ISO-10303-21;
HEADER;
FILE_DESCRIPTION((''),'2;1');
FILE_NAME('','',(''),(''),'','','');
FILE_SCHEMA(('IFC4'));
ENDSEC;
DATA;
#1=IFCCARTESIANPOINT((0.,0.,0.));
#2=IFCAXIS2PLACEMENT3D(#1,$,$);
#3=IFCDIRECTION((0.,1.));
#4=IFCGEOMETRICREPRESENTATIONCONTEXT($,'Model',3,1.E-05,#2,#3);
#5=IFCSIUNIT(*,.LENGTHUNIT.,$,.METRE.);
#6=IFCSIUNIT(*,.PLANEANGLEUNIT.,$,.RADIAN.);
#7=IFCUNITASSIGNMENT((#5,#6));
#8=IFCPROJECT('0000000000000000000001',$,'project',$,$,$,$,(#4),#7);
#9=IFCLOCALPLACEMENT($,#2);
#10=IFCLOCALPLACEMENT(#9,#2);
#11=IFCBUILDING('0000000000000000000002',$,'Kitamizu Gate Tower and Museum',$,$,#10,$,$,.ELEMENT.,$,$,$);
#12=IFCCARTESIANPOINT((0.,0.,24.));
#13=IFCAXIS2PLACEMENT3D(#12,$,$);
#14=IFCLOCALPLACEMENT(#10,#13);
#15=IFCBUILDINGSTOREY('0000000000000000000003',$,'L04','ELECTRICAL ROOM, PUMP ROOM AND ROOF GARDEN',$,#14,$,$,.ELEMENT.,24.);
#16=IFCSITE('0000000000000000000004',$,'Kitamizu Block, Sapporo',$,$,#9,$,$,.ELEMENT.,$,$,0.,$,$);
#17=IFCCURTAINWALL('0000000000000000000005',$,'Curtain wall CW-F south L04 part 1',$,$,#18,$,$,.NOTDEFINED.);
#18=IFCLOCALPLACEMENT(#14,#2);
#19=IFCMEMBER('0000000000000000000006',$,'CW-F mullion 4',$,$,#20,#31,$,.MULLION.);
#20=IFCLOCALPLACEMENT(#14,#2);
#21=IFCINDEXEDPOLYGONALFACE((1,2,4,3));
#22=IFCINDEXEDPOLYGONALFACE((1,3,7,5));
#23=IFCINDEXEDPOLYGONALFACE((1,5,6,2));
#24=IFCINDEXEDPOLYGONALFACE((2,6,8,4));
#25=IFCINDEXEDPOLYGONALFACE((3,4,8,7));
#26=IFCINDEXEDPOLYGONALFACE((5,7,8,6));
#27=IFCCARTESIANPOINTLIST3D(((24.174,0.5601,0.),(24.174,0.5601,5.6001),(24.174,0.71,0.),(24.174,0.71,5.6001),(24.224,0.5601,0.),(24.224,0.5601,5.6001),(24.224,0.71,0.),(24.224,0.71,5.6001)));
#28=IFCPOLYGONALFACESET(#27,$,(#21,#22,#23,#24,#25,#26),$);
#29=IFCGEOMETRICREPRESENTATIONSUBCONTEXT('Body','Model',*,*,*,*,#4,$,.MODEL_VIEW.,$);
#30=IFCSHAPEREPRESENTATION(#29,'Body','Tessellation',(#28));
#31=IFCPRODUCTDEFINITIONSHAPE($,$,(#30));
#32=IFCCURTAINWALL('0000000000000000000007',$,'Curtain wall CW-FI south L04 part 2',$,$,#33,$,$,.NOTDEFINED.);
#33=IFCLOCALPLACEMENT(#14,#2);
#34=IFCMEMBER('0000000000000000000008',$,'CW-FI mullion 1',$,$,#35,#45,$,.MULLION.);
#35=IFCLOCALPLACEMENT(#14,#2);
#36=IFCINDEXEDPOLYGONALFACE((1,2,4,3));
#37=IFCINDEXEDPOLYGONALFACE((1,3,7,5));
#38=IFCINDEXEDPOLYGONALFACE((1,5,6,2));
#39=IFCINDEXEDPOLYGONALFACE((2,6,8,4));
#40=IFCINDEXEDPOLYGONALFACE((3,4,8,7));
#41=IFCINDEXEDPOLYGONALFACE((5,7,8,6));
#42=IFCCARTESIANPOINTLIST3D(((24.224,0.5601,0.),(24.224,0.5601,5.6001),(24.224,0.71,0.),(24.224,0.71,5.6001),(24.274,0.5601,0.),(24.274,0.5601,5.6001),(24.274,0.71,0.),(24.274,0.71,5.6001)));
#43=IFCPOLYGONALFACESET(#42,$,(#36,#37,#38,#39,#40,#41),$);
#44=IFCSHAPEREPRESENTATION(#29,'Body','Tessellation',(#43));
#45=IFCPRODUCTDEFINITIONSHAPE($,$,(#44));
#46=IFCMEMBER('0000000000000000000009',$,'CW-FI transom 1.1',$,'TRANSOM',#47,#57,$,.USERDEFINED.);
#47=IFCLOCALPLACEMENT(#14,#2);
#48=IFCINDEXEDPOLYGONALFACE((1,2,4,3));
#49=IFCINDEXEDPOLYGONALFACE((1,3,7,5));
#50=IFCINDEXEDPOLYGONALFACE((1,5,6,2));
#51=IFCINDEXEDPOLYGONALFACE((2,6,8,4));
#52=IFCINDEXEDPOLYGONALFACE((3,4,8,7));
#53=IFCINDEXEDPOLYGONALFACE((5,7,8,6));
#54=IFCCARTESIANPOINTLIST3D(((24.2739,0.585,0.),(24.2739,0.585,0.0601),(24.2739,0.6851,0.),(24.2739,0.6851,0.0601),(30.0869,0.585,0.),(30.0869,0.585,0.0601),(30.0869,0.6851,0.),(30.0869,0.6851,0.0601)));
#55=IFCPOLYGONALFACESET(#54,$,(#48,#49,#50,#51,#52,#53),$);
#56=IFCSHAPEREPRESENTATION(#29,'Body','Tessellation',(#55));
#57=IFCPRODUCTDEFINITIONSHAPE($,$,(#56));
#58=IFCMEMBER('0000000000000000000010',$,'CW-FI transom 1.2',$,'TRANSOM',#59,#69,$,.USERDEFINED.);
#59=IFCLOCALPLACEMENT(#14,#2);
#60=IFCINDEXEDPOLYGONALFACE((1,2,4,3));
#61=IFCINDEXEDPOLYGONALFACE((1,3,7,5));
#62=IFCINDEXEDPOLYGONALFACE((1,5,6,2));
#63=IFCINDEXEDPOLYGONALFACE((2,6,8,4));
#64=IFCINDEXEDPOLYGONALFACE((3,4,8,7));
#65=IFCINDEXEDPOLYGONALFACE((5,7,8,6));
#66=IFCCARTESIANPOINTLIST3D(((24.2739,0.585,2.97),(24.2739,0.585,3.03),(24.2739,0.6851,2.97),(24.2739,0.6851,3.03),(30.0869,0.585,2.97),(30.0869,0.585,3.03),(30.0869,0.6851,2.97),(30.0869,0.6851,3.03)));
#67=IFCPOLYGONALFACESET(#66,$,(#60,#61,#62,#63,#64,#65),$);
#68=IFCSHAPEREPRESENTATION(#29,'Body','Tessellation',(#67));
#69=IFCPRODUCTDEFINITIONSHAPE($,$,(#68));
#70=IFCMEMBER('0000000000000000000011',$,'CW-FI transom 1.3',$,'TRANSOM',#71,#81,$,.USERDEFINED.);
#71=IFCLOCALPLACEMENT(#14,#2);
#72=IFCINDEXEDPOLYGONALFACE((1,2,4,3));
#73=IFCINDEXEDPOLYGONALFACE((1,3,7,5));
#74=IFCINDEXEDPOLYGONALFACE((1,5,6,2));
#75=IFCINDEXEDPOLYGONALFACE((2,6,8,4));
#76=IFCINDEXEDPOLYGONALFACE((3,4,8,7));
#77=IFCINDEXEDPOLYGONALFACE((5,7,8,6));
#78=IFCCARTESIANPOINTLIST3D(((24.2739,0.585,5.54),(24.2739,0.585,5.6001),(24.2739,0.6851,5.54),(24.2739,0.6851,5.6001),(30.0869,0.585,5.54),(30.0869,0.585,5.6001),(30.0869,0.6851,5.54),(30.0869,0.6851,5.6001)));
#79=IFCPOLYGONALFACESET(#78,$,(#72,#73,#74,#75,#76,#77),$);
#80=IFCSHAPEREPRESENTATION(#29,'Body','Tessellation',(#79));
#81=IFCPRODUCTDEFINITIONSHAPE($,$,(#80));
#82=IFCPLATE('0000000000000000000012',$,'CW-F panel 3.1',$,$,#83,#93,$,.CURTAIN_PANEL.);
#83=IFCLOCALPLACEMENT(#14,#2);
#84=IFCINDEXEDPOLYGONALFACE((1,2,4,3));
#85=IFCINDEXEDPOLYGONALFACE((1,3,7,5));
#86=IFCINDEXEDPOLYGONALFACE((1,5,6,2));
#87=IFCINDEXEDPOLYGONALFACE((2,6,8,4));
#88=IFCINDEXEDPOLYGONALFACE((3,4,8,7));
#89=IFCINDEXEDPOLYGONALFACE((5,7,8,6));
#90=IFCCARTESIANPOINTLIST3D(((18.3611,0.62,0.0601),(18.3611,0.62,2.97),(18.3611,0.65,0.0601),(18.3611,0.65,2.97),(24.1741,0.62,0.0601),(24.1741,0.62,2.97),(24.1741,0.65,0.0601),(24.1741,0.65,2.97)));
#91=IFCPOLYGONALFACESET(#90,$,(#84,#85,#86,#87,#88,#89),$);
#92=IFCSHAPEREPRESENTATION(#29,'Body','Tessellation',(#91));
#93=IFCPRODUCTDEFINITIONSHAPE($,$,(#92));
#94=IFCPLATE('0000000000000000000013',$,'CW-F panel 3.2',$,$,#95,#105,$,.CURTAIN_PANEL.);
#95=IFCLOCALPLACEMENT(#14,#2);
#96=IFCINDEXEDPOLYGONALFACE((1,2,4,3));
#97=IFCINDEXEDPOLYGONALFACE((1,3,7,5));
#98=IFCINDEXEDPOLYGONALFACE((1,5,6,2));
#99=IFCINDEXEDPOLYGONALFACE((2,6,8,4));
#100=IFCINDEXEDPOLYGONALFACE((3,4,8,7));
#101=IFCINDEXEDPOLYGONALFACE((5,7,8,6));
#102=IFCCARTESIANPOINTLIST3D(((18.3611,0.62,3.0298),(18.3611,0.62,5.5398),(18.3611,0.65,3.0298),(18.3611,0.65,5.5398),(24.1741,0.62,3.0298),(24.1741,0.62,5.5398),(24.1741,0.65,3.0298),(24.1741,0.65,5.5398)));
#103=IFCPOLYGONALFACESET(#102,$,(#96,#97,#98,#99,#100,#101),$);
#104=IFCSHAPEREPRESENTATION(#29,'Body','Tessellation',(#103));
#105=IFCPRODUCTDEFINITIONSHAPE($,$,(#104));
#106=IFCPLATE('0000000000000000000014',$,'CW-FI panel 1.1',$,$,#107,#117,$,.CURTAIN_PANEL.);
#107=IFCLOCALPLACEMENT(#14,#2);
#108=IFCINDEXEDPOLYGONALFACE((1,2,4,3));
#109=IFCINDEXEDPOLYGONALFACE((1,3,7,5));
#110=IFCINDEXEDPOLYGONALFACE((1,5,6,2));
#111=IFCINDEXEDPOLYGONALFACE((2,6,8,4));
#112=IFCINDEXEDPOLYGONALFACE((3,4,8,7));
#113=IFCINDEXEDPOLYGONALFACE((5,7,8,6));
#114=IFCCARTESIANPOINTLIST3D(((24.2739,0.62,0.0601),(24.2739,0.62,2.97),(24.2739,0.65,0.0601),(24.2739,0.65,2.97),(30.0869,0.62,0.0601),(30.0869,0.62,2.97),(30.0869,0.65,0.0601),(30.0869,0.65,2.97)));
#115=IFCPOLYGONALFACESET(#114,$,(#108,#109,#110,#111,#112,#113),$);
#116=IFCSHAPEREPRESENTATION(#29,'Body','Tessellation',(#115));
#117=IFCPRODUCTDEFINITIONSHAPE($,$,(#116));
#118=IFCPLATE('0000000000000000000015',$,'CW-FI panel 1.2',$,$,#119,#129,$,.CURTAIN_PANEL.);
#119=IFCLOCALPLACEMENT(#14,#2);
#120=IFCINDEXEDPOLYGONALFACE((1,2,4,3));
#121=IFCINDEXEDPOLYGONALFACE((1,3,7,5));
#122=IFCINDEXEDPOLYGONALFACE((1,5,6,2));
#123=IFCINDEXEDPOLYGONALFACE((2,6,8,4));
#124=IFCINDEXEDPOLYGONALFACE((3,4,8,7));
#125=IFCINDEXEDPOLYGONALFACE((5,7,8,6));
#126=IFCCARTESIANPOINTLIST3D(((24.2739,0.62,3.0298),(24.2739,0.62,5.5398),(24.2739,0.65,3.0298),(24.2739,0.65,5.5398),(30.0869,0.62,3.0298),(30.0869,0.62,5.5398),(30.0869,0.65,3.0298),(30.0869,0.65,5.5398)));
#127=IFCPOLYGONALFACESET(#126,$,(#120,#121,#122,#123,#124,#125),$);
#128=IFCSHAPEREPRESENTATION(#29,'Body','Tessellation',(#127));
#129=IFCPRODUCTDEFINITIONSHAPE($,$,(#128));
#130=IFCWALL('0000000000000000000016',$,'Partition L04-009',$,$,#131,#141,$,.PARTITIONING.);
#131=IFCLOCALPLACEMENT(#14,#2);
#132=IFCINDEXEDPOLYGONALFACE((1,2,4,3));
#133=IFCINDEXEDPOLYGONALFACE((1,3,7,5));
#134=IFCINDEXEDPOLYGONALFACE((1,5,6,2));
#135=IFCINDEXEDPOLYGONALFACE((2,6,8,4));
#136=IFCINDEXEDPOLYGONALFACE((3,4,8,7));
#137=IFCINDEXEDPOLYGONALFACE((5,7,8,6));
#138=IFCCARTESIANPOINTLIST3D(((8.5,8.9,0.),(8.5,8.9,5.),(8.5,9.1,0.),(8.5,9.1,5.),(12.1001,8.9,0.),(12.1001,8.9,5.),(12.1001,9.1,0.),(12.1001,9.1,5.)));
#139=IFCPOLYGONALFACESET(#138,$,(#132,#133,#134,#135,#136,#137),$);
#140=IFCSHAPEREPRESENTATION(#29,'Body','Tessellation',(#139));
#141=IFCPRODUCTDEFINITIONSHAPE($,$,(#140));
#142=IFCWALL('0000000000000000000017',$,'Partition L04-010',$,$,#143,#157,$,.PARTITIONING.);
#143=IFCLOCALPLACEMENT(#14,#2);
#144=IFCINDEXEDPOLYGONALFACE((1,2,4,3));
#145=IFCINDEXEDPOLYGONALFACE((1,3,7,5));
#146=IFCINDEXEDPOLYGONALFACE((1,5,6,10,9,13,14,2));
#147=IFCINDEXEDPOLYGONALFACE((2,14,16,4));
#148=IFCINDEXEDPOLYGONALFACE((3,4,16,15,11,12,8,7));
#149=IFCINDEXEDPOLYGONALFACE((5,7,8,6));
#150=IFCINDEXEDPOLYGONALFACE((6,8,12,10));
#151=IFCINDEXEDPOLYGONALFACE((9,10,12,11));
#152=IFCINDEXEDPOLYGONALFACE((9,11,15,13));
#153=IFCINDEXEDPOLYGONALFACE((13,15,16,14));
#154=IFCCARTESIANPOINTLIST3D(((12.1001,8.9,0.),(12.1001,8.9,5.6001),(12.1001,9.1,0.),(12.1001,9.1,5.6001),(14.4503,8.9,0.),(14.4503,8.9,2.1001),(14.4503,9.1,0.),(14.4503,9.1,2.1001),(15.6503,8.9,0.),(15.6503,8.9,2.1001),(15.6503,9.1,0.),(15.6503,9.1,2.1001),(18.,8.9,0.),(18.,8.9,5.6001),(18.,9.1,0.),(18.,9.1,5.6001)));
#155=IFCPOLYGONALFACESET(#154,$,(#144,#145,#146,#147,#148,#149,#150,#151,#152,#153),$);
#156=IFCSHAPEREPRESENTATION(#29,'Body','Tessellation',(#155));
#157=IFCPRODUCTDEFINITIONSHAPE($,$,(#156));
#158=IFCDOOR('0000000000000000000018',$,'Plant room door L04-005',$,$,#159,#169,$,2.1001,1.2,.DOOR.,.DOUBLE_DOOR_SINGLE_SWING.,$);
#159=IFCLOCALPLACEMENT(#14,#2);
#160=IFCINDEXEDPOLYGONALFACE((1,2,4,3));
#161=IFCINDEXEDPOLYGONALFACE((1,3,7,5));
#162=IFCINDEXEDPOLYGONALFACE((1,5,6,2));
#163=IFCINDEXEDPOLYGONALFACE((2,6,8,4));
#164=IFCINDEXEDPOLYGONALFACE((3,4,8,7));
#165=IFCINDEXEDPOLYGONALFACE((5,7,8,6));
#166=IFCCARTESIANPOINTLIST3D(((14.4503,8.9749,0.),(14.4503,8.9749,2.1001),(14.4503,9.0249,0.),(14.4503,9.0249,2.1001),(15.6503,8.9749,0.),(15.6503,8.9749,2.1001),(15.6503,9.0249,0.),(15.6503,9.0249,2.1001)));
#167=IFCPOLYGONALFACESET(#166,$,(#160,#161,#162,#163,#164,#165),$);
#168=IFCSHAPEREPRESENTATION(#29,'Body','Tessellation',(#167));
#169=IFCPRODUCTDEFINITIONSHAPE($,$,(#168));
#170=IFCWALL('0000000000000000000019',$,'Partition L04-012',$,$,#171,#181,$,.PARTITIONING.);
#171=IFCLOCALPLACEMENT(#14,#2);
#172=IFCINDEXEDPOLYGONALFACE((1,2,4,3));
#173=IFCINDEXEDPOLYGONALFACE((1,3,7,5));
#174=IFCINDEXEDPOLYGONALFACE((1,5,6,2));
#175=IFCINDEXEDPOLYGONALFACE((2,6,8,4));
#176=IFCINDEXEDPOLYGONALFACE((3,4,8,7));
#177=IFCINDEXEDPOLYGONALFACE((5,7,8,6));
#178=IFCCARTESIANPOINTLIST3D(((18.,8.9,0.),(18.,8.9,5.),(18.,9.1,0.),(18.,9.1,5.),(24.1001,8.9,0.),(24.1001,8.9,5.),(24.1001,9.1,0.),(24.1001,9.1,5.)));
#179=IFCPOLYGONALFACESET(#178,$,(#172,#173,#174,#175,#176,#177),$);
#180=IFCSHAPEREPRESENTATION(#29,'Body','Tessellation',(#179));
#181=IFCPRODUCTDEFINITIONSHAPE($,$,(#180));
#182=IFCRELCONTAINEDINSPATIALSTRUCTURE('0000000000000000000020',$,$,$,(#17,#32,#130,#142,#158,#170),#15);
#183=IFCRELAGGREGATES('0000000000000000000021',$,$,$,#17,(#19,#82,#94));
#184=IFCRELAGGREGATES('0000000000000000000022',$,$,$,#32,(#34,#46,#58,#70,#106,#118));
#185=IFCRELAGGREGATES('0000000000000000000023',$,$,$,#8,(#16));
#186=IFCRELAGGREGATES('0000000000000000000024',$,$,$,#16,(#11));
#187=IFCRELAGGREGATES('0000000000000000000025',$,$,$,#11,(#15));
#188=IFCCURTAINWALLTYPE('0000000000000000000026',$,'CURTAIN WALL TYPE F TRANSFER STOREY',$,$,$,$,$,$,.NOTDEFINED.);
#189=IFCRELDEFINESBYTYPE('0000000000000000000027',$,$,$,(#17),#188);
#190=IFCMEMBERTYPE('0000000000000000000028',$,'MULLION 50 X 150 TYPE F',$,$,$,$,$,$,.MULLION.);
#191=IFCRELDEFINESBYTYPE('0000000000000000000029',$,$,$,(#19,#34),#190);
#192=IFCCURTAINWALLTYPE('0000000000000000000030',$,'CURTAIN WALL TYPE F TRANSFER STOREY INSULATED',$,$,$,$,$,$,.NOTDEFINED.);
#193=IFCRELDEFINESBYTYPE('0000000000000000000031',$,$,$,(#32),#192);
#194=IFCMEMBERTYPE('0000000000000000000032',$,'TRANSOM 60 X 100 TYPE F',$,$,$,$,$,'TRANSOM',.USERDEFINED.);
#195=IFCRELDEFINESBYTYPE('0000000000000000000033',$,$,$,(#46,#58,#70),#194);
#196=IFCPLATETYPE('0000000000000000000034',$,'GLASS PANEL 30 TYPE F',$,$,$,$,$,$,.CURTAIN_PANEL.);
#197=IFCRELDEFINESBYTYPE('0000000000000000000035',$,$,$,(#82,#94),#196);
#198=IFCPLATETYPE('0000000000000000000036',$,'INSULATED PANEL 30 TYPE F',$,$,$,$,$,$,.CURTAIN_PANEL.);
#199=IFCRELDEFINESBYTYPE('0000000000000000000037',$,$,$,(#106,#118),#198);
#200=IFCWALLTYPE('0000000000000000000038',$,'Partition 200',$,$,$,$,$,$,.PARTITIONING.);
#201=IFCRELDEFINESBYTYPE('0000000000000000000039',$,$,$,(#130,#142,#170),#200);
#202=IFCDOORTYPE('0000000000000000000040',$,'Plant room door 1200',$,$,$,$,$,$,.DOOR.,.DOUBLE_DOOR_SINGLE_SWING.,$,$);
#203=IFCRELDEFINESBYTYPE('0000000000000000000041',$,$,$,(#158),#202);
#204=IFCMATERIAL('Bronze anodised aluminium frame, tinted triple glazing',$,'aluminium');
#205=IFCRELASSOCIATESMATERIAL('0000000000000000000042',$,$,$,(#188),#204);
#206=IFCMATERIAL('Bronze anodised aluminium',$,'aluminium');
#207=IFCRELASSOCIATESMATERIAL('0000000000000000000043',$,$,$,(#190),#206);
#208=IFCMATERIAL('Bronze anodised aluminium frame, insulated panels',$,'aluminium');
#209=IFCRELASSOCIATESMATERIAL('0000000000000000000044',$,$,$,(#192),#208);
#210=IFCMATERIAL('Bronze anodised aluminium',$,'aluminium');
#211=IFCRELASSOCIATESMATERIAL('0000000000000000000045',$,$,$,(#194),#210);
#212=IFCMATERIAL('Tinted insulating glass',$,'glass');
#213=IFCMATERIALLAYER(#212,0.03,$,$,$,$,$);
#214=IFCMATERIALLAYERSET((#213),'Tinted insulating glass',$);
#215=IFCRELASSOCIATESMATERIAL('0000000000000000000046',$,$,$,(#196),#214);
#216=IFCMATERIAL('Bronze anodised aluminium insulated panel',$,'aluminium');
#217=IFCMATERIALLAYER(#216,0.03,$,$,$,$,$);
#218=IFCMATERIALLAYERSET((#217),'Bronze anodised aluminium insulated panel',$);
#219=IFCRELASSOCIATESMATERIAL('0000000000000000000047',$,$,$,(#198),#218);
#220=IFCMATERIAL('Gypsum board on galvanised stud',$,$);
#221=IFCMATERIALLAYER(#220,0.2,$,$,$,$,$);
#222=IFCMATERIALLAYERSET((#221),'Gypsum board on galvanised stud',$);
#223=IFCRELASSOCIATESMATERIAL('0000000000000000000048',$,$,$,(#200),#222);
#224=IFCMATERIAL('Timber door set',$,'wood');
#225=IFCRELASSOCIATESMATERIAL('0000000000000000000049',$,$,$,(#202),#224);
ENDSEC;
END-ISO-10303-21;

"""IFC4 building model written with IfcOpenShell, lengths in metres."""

from ifc_helpers import new_model, si_unit, direction, frame, frame_2d, origin, origin_2d, place, context, subcontext, project, spatial, rectangle, extrude, material, layer, layer_set, material_profile, profile_set, type_object, element, fill, aggregate, save


model = new_model("IFC4")

# Units and contexts
model_context = context("Model", 3, precision=1e-05, world=origin(), true_north=direction((0.0, 1.0)))
body_context = subcontext(model_context, "Body", "Model", "MODEL_VIEW")
ifc_project = project(units=[si_unit("LENGTHUNIT", "METRE"), si_unit("PLANEANGLEUNIT", "RADIAN")], contexts=[model_context])

# Site, building, storey
site_placement = place(None, origin())
site = spatial("IfcSite", under=ifc_project, at=site_placement, Name="Kitamizu Block, Sapporo", CompositionType="ELEMENT", RefElevation=0.0)
building_placement = place(site_placement, origin())
building = spatial("IfcBuilding", under=site, at=building_placement, Name="Kitamizu Gate Tower and Museum", CompositionType="ELEMENT")
storey_placement = place(building_placement, frame((0.0, 0.0, 24.0)))
storey = spatial("IfcBuildingStorey", under=building, at=storey_placement, Name="L04", Description="ELECTRICAL ROOM, PUMP ROOM AND ROOF GARDEN", CompositionType="ELEMENT", Elevation=24.0)

# Curtain wall, member
ifc_material_1 = material(Name="Bronze anodised aluminium frame, tinted triple glazing", Category="aluminium")
curtain_wall_type_1 = type_object("IfcCurtainWallType", Name="CURTAIN WALL TYPE F TRANSFER STOREY", PredefinedType="NOTDEFINED", material=ifc_material_1)
curtain_wall_1_placement = place(storey_placement, origin())
curtain_wall_1 = element("IfcCurtainWall", 1, at=curtain_wall_1_placement, inside=storey, type_object=curtain_wall_type_1, Name="Curtain wall CW-F south L04 part 1", PredefinedType="NOTDEFINED")
ifc_material_2 = material(Name="Bronze anodised aluminium", Category="aluminium")
ifc_material_profile_1 = material_profile(ifc_material_2, rectangle(XDim=0.05, YDim=0.1499, at=origin_2d()), Name="AL 50X150")
ifc_profile_set_1 = profile_set([ifc_material_profile_1], Name="Bronze anodised aluminium")
member_type_1 = type_object("IfcMemberType", Name="MULLION 50 X 150 TYPE F", PredefinedType="MULLION", material=ifc_profile_set_1)
member_1_placement = place(storey_placement, frame((24.199, 0.635, 0.0), z_axis=(0.0, 0.0, 1.0), x_axis=(1.0, 0.0, 0.0)))
member_1 = element("IfcMember", 2, at=member_1_placement, type_object=member_type_1, Name="CW-F mullion 4", PredefinedType="MULLION", context=body_context, shape_type="SweptSolid", body=[
    extrude(rectangle(XDim=0.05, YDim=0.1499, at=origin_2d()), origin(), (0.0, 0.0, 1.0), 5.6001),
])

# Curtain wall, members
ifc_material_3 = material(Name="Bronze anodised aluminium frame, insulated panels", Category="aluminium")
curtain_wall_type_2 = type_object("IfcCurtainWallType", Name="CURTAIN WALL TYPE F TRANSFER STOREY INSULATED", PredefinedType="NOTDEFINED", material=ifc_material_3)
curtain_wall_2_placement = place(storey_placement, origin())
curtain_wall_2 = element("IfcCurtainWall", 3, at=curtain_wall_2_placement, inside=storey, type_object=curtain_wall_type_2, Name="Curtain wall CW-FI south L04 part 2", PredefinedType="NOTDEFINED")
member_2_placement = place(storey_placement, frame((24.249, 0.635, 0.0), z_axis=(0.0, 0.0, 1.0), x_axis=(1.0, 0.0, 0.0)))
member_2 = element("IfcMember", 4, at=member_2_placement, type_object=member_type_1, Name="CW-FI mullion 1", PredefinedType="MULLION", context=body_context, shape_type="SweptSolid", body=[
    extrude(rectangle(XDim=0.05, YDim=0.1499, at=origin_2d()), origin(), (0.0, 0.0, 1.0), 5.6001),
])
ifc_material_4 = material(Name="Bronze anodised aluminium", Category="aluminium")
ifc_material_profile_2 = material_profile(ifc_material_4, rectangle(XDim=0.1001, YDim=0.0601, at=origin_2d()), Name="AL 60X100")
ifc_profile_set_2 = profile_set([ifc_material_profile_2], Name="Bronze anodised aluminium")
member_type_2 = type_object("IfcMemberType", Name="TRANSOM 60 X 100 TYPE F", ElementType="TRANSOM", PredefinedType="USERDEFINED", material=ifc_profile_set_2)
member_3_placement = place(storey_placement, frame((24.2739, 0.635, 0.03), z_axis=(1.0, 0.0, 0.0), x_axis=(0.0, 1.0, 0.0)))
member_3 = element("IfcMember", 5, at=member_3_placement, type_object=member_type_2, Name="CW-FI transom 1.1", ObjectType="TRANSOM", PredefinedType="USERDEFINED", context=body_context, shape_type="SweptSolid", body=[
    extrude(rectangle(XDim=0.1001, YDim=0.0601, at=origin_2d()), origin(), (0.0, 0.0, 1.0), 5.813),
])
member_4_placement = place(storey_placement, frame((24.2739, 0.635, 3.0), z_axis=(1.0, 0.0, 0.0), x_axis=(0.0, 1.0, 0.0)))
member_4 = element("IfcMember", 6, at=member_4_placement, type_object=member_type_2, Name="CW-FI transom 1.2", ObjectType="TRANSOM", PredefinedType="USERDEFINED", context=body_context, shape_type="SweptSolid", body=[
    extrude(rectangle(XDim=0.1001, YDim=0.0601, at=origin_2d()), origin(), (0.0, 0.0, 1.0), 5.813),
])
member_5_placement = place(storey_placement, frame((24.2739, 0.635, 5.5701), z_axis=(1.0, 0.0, 0.0), x_axis=(0.0, 1.0, 0.0)))
member_5 = element("IfcMember", 7, at=member_5_placement, type_object=member_type_2, Name="CW-FI transom 1.3", ObjectType="TRANSOM", PredefinedType="USERDEFINED", context=body_context, shape_type="SweptSolid", body=[
    extrude(rectangle(XDim=0.1001, YDim=0.0601, at=origin_2d()), origin(), (0.0, 0.0, 1.0), 5.813),
])

# Plates
ifc_material_5 = material(Name="Tinted insulating glass", Category="glass")
ifc_layer_1 = layer(ifc_material_5, 0.03)
ifc_layer_set_1 = layer_set([ifc_layer_1], Name="Tinted insulating glass")
plate_type_1 = type_object("IfcPlateType", Name="GLASS PANEL 30 TYPE F", PredefinedType="CURTAIN_PANEL", material=ifc_layer_set_1)
plate_1_placement = place(storey_placement, frame((21.2676, 0.635, 0.0601), z_axis=(0.0, 0.0, 1.0), x_axis=(1.0, 0.0, 0.0)))
plate_1 = element("IfcPlate", 8, at=plate_1_placement, type_object=plate_type_1, Name="CW-F panel 3.1", PredefinedType="CURTAIN_PANEL", context=body_context, shape_type="SweptSolid", body=[
    extrude(rectangle(XDim=5.813, YDim=0.03, at=origin_2d()), origin(), (0.0, 0.0, 1.0), 2.9099),
])
plate_2_placement = place(storey_placement, frame((21.2676, 0.635, 3.0298), z_axis=(0.0, 0.0, 1.0), x_axis=(1.0, 0.0, 0.0)))
plate_2 = element("IfcPlate", 9, at=plate_2_placement, type_object=plate_type_1, Name="CW-F panel 3.2", PredefinedType="CURTAIN_PANEL", context=body_context, shape_type="SweptSolid", body=[
    extrude(rectangle(XDim=5.813, YDim=0.03, at=origin_2d()), origin(), (0.0, 0.0, 1.0), 2.51),
])
aggregate(curtain_wall_1, [member_1, plate_1, plate_2])
ifc_material_6 = material(Name="Bronze anodised aluminium insulated panel", Category="aluminium")
ifc_layer_2 = layer(ifc_material_6, 0.03)
ifc_layer_set_2 = layer_set([ifc_layer_2], Name="Bronze anodised aluminium insulated panel")
plate_type_2 = type_object("IfcPlateType", Name="INSULATED PANEL 30 TYPE F", PredefinedType="CURTAIN_PANEL", material=ifc_layer_set_2)
plate_3_placement = place(storey_placement, frame((27.1804, 0.635, 0.0601), z_axis=(0.0, 0.0, 1.0), x_axis=(1.0, 0.0, 0.0)))
plate_3 = element("IfcPlate", 10, at=plate_3_placement, type_object=plate_type_2, Name="CW-FI panel 1.1", PredefinedType="CURTAIN_PANEL", context=body_context, shape_type="SweptSolid", body=[
    extrude(rectangle(XDim=5.813, YDim=0.03, at=origin_2d()), origin(), (0.0, 0.0, 1.0), 2.9099),
])
plate_4_placement = place(storey_placement, frame((27.1804, 0.635, 3.0298), z_axis=(0.0, 0.0, 1.0), x_axis=(1.0, 0.0, 0.0)))
plate_4 = element("IfcPlate", 11, at=plate_4_placement, type_object=plate_type_2, Name="CW-FI panel 1.2", PredefinedType="CURTAIN_PANEL", context=body_context, shape_type="SweptSolid", body=[
    extrude(rectangle(XDim=5.813, YDim=0.03, at=origin_2d()), origin(), (0.0, 0.0, 1.0), 2.51),
])
aggregate(curtain_wall_2, [member_2, member_3, member_4, member_5, plate_3, plate_4])

# Wall
ifc_material_7 = material(Name="Gypsum board on galvanised stud")
ifc_layer_3 = layer(ifc_material_7, 0.2)
ifc_layer_set_3 = layer_set([ifc_layer_3], Name="Gypsum board on galvanised stud")
wall_type = type_object("IfcWallType", Name="Partition 200", PredefinedType="PARTITIONING", material=ifc_layer_set_3)
wall_1_placement = place(storey_placement, frame((8.5, 9.0, 0.0), z_axis=(0.0, 0.0, 1.0), x_axis=(1.0, 0.0, 0.0)))
element("IfcWall", 12, at=wall_1_placement, inside=storey, type_object=wall_type, Name="Partition L04-009", PredefinedType="PARTITIONING", context=body_context, shape_type="SweptSolid", body=[
    extrude(rectangle(XDim=3.6001, YDim=0.2, at=frame_2d((1.8, 0.0))), origin(), (0.0, 0.0, 1.0), 5.0),
])

# Wall, opening, door
wall_2_placement = place(storey_placement, frame((12.1001, 9.0, 0.0), z_axis=(0.0, 0.0, 1.0), x_axis=(1.0, 0.0, 0.0)))
wall_2 = element("IfcWall", 13, at=wall_2_placement, inside=storey, type_object=wall_type, Name="Partition L04-010", PredefinedType="PARTITIONING", context=body_context, shape_type="SweptSolid", body=[
    extrude(rectangle(XDim=5.8999, YDim=0.2, at=frame_2d((2.95, 0.0))), origin(), (0.0, 0.0, 1.0), 5.6001),
])
opening_1_placement = place(wall_2_placement, frame((2.3501, 0.0, 0.0)))
opening_1 = element("IfcOpeningElement", 14, at=opening_1_placement, cuts=wall_2, PredefinedType="OPENING", context=body_context, shape_type="SweptSolid", body=[
    extrude(rectangle(XDim=1.2, YDim=2.1001, at=frame_2d((0.6001, 1.05))), frame((0.0, 0.1099, 0.0), z_axis=(0.0, -1.0, 0.0), x_axis=(1.0, 0.0, 0.0)), (0.0, 0.0, 1.0), 0.22),
])
ifc_material_8 = material(Name="Timber door set", Category="wood")
door_type = type_object("IfcDoorType", Name="Plant room door 1200", OperationType="DOUBLE_DOOR_SINGLE_SWING", PredefinedType="DOOR", material=ifc_material_8)
door_1_placement = place(opening_1_placement, origin())
door_1 = element("IfcDoor", 15, at=door_1_placement, inside=storey, type_object=door_type, Name="Plant room door L04-005", OperationType="DOUBLE_DOOR_SINGLE_SWING", OverallHeight=2.1001, OverallWidth=1.2, PredefinedType="DOOR", context=body_context, shape_type="SweptSolid", body=[
    extrude(rectangle(XDim=1.2, YDim=2.1001, at=frame_2d((0.6001, 1.05))), frame((0.0, 0.0249, 0.0), z_axis=(0.0, -1.0, 0.0), x_axis=(1.0, 0.0, 0.0)), (0.0, 0.0, 1.0), 0.05),
])
fill(opening_1, door_1)

# Wall
wall_3_placement = place(storey_placement, frame((18.0, 9.0, 0.0), z_axis=(0.0, 0.0, 1.0), x_axis=(1.0, 0.0, 0.0)))
element("IfcWall", 16, at=wall_3_placement, inside=storey, type_object=wall_type, Name="Partition L04-012", PredefinedType="PARTITIONING", context=body_context, shape_type="SweptSolid", body=[
    extrude(rectangle(XDim=6.1001, YDim=0.2, at=frame_2d((3.05, 0.0))), origin(), (0.0, 0.0, 1.0), 5.0),
])

save(model, "model.ifc")
